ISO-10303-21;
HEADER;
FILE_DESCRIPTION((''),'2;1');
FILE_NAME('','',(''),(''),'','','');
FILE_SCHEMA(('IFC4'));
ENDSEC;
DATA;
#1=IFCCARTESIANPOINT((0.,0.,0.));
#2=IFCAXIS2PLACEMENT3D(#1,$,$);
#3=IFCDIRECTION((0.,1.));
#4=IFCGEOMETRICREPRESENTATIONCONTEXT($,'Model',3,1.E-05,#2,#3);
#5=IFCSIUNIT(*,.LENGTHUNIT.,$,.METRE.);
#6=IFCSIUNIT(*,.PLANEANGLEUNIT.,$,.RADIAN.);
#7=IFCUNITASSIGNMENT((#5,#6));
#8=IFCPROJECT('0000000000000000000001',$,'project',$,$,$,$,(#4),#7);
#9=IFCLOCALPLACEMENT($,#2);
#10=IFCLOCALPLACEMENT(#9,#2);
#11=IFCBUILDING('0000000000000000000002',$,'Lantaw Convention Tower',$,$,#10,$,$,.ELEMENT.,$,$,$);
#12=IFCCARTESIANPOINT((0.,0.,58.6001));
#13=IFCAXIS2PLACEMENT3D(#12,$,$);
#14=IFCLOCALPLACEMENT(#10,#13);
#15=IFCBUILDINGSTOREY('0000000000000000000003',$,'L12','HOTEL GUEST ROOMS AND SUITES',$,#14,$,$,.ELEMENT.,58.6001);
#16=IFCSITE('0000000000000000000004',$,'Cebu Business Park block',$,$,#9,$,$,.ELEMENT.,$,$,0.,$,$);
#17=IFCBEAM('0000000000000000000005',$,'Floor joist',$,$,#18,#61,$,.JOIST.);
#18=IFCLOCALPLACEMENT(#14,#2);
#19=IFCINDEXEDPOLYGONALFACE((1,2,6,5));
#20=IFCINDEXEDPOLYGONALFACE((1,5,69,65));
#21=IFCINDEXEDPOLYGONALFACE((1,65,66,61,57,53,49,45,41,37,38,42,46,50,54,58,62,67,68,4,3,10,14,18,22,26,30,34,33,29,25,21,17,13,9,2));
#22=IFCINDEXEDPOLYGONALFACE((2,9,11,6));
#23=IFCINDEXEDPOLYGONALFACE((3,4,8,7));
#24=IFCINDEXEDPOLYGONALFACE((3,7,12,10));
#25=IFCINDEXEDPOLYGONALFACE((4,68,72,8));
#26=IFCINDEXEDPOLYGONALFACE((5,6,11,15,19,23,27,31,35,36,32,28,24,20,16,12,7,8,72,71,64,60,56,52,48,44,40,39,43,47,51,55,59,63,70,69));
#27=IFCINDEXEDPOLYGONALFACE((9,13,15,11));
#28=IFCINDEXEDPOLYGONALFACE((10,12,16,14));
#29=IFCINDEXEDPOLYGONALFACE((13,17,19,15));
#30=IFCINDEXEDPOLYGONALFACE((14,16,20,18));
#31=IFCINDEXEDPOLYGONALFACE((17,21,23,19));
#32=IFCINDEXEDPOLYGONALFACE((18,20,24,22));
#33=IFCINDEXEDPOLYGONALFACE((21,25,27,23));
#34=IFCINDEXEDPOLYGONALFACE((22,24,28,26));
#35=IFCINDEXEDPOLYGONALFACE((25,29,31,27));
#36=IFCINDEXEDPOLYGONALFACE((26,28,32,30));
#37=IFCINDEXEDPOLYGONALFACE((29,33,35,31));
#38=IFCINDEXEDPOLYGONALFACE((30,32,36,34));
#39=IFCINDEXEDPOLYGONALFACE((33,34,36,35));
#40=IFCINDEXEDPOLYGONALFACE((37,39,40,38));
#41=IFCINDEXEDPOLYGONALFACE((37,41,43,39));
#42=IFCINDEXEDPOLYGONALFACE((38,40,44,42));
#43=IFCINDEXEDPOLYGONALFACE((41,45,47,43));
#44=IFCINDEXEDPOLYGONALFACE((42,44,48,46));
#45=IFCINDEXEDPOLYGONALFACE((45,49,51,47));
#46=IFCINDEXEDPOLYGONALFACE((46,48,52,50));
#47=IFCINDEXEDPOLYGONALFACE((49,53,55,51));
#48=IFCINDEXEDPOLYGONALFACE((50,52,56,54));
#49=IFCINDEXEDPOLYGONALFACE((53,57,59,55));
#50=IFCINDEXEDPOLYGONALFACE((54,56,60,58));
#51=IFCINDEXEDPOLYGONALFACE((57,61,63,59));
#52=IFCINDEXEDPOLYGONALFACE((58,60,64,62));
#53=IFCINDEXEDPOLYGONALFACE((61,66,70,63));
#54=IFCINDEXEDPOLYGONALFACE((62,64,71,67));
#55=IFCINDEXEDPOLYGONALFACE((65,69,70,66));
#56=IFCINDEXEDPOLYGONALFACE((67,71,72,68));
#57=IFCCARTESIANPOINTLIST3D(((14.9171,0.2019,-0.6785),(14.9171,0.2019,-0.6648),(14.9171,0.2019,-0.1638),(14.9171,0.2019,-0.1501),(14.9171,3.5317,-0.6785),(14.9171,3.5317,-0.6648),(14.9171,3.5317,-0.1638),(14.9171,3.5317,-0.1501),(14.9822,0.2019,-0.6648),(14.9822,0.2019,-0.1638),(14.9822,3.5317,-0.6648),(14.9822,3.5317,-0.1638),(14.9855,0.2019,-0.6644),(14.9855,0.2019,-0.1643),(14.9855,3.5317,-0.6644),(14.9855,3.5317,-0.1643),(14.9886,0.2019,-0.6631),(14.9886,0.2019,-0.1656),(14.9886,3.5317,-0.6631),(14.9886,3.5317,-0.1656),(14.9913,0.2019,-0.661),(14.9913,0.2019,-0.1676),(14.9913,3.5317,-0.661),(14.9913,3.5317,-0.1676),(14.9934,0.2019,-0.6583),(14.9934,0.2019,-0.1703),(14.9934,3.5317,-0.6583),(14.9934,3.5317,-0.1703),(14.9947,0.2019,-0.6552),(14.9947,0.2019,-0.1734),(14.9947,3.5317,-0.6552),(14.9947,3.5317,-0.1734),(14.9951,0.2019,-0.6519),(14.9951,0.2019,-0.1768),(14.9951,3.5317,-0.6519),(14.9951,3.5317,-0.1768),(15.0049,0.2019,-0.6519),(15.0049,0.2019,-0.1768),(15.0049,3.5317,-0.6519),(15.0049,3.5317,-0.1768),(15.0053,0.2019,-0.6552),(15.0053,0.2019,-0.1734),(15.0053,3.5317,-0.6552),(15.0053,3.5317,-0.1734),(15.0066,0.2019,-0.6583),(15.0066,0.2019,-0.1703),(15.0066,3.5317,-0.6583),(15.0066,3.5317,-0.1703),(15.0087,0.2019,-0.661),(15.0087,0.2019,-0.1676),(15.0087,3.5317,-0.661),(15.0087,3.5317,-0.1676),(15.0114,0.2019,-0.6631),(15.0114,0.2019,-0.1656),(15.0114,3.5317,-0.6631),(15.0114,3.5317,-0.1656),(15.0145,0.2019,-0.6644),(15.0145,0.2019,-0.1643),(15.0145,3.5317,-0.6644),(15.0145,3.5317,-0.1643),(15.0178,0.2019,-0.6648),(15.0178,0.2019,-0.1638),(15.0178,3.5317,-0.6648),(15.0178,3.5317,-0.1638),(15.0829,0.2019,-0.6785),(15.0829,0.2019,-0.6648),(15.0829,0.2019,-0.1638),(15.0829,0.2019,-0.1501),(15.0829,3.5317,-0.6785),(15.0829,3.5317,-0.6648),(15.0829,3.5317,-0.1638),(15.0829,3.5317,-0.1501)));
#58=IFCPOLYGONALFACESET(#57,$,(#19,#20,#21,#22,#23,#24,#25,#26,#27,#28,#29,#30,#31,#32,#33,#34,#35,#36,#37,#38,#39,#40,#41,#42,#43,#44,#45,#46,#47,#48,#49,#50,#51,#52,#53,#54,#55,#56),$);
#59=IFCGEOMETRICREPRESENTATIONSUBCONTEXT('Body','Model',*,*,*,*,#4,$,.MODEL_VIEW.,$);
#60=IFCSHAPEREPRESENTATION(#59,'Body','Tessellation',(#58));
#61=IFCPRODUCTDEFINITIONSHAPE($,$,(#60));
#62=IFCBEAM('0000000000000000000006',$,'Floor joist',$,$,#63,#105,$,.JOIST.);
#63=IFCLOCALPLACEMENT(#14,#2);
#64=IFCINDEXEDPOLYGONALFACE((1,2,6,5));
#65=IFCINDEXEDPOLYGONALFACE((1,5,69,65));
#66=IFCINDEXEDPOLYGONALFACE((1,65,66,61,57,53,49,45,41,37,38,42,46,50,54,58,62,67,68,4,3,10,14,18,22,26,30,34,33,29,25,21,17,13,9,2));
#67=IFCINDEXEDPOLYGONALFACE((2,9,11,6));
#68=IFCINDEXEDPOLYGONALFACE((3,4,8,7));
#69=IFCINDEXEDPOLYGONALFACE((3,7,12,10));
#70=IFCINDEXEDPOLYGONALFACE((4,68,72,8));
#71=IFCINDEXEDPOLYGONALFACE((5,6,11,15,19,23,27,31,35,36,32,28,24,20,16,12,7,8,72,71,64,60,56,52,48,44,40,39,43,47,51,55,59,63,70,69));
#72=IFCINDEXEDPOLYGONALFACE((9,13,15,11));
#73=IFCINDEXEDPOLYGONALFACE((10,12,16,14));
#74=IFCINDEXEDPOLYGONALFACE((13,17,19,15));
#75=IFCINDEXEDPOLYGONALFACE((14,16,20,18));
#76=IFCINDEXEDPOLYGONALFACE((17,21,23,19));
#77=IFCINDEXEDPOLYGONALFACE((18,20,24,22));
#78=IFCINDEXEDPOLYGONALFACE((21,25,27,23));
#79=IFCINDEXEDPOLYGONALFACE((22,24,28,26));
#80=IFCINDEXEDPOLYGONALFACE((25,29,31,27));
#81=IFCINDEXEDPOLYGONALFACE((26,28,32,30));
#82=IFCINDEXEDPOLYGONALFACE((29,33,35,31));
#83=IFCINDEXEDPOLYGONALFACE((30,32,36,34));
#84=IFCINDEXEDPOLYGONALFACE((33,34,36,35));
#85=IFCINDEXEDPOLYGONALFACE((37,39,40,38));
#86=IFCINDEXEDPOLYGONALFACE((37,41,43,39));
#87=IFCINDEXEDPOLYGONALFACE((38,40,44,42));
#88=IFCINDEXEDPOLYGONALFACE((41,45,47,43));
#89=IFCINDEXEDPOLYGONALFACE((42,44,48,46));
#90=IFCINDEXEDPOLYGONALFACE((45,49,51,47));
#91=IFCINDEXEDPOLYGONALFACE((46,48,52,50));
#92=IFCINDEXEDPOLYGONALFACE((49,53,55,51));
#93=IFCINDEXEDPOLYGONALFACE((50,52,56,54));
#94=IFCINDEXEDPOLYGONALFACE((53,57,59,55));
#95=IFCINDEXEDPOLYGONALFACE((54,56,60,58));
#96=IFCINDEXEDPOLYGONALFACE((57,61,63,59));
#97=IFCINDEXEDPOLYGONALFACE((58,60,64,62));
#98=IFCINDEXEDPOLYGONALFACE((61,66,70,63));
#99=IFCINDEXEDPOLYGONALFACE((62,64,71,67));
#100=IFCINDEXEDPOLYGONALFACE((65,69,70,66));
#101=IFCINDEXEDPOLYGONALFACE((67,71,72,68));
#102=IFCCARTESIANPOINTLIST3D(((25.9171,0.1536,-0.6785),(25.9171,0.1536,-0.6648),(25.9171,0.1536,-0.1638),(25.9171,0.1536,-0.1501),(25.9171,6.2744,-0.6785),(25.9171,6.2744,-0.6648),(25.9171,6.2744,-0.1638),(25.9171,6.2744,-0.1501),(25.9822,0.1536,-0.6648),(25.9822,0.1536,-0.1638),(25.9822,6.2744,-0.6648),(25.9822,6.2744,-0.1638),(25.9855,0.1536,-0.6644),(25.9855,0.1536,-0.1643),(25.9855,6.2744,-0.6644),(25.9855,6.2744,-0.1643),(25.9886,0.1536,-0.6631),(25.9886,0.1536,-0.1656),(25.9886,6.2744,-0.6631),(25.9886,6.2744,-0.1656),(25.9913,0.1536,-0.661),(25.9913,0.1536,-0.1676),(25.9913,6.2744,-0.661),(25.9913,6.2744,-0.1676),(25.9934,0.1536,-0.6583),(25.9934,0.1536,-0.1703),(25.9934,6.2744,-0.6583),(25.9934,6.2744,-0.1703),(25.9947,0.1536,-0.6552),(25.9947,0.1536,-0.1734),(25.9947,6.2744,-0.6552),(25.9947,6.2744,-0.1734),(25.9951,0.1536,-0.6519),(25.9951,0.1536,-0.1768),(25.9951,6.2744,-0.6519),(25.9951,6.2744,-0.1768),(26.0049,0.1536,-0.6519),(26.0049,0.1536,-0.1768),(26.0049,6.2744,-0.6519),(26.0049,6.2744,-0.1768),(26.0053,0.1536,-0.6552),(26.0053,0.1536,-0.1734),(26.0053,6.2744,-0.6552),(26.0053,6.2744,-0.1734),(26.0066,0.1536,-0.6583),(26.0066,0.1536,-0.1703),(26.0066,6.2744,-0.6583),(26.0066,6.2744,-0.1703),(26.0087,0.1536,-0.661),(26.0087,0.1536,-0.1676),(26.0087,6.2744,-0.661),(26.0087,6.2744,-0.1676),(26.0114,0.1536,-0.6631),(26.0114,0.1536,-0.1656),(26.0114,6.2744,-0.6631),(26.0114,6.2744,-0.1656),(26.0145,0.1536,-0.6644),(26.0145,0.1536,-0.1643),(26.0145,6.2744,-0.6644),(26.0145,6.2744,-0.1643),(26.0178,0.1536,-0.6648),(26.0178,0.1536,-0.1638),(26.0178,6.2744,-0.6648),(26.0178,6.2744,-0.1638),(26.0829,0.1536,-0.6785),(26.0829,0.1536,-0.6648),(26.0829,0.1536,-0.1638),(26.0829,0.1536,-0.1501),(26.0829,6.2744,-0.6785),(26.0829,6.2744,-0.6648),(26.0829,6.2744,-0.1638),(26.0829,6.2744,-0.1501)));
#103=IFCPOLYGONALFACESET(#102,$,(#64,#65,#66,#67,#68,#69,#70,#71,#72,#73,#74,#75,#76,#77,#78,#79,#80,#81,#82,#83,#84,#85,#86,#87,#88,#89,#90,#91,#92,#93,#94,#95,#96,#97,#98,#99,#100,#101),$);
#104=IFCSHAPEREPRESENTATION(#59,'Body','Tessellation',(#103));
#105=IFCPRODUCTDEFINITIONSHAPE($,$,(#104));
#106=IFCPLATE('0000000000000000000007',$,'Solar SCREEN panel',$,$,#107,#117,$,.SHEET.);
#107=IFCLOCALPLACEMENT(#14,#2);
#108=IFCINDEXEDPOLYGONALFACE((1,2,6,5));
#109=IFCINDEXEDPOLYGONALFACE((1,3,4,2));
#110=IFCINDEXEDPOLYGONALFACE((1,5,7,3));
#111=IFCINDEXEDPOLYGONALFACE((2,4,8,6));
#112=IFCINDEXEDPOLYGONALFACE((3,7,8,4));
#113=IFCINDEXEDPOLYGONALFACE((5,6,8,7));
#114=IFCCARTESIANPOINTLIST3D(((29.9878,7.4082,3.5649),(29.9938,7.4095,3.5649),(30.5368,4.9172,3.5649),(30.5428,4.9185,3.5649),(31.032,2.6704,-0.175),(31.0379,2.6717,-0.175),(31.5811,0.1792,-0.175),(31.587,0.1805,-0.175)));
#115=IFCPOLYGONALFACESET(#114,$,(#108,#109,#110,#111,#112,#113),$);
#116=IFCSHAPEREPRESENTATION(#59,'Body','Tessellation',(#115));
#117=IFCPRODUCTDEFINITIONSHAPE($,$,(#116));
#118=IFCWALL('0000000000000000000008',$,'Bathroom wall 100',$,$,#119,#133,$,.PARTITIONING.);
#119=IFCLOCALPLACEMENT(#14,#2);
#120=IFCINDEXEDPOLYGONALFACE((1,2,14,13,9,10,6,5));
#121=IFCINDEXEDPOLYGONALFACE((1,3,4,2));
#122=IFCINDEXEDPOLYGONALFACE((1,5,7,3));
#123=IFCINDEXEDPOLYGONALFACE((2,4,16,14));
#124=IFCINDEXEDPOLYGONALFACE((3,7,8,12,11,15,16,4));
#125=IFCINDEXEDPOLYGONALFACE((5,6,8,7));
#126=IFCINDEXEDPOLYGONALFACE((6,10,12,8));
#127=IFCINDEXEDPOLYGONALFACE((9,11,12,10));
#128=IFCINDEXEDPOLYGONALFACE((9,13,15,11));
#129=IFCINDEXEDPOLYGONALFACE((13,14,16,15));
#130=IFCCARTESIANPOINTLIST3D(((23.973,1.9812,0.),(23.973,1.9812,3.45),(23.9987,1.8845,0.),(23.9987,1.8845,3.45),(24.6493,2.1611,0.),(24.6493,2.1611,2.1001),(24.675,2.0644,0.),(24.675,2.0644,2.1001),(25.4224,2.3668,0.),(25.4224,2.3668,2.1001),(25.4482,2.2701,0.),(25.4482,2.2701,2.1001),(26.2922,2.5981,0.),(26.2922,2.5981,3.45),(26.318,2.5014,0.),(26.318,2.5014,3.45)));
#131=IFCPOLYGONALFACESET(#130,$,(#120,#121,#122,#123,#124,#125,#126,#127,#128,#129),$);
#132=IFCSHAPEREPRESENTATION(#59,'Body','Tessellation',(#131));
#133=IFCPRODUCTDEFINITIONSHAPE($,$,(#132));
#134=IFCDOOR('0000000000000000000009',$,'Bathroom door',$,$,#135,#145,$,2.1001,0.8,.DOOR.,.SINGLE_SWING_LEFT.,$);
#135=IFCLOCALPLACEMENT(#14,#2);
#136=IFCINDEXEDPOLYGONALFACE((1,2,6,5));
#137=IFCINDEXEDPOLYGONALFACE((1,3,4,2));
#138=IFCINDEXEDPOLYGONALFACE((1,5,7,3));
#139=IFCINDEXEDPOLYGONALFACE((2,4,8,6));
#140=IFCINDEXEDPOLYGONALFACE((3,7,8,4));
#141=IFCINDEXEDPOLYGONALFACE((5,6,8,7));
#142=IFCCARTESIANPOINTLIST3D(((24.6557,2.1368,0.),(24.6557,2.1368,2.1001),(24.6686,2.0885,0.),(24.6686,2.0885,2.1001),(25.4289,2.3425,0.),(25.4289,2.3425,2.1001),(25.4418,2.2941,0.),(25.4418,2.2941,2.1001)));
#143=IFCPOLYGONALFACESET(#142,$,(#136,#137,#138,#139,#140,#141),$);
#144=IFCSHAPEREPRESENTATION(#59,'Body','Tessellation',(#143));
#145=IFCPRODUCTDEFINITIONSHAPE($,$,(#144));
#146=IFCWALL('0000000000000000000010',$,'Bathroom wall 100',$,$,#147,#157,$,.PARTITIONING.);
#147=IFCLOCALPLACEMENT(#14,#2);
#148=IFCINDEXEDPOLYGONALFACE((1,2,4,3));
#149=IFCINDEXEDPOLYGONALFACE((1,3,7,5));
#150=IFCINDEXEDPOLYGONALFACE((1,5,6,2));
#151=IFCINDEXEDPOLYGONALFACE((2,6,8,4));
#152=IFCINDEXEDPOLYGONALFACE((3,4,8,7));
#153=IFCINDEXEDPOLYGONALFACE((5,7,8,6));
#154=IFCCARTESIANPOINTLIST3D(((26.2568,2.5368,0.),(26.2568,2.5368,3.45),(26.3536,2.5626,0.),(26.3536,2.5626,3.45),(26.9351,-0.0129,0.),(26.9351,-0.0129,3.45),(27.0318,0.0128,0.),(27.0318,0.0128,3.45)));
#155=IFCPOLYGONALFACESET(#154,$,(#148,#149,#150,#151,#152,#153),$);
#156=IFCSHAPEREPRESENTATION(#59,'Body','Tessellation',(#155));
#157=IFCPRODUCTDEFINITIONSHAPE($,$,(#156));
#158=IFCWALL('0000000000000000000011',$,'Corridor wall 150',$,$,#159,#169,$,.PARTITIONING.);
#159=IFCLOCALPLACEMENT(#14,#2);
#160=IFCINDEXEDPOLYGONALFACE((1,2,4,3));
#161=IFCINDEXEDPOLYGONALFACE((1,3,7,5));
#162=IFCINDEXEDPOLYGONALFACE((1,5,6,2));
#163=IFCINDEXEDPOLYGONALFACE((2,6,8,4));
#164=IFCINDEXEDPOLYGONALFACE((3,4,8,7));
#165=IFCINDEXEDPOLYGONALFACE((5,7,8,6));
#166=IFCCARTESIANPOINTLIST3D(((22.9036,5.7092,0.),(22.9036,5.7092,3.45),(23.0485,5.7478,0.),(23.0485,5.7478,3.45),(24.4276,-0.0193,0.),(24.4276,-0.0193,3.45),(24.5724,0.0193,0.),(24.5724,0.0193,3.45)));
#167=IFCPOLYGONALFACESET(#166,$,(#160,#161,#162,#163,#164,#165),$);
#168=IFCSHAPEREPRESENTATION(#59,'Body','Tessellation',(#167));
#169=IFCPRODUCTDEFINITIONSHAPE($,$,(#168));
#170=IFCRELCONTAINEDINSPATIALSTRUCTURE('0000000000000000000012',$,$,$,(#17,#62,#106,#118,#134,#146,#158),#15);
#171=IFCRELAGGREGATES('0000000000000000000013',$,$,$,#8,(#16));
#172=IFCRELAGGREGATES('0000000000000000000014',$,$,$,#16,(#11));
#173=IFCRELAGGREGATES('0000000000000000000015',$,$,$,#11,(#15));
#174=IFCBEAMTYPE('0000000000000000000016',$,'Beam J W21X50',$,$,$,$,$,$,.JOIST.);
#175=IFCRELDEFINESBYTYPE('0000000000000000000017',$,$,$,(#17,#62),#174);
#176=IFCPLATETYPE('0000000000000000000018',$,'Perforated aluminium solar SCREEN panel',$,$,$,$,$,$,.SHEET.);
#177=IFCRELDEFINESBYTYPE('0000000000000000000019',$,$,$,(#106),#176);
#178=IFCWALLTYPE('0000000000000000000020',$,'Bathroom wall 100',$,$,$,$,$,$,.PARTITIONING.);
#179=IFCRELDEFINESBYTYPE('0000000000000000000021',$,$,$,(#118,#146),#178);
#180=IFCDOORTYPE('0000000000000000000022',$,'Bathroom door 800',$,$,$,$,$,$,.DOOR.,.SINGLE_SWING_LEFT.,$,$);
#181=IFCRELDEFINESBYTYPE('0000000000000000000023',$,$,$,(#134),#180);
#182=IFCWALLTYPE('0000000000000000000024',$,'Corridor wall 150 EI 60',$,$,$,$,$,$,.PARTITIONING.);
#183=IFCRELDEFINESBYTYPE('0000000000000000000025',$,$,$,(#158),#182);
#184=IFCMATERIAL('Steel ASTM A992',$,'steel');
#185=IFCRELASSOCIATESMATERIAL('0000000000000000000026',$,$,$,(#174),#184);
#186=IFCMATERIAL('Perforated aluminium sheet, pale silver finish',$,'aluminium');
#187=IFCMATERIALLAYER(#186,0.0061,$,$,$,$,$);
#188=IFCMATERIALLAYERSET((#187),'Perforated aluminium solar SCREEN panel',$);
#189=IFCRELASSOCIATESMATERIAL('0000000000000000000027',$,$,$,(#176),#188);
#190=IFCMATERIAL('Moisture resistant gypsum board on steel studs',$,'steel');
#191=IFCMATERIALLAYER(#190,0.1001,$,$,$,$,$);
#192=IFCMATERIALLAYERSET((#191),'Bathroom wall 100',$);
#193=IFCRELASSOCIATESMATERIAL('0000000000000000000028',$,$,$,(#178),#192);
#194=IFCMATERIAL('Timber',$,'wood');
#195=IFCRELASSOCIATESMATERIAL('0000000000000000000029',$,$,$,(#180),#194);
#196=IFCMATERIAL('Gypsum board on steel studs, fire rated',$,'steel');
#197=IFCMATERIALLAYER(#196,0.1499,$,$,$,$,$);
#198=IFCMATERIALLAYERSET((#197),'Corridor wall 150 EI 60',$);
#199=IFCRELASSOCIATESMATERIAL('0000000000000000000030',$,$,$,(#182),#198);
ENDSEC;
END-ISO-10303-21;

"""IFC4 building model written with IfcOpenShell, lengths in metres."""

from ifc_helpers import new_model, si_unit, direction, frame, frame_2d, origin, origin_2d, place, context, subcontext, project, spatial, polyline, rectangle, i_section, outline, extrude, material, layer, layer_set, material_profile, profile_set, type_object, element, fill, save


model = new_model("IFC4")

# Units and contexts
model_context = context("Model", 3, precision=1e-05, world=origin(), true_north=direction((0.0, 1.0)))
body_context = subcontext(model_context, "Body", "Model", "MODEL_VIEW")
ifc_project = project(units=[si_unit("LENGTHUNIT", "METRE"), si_unit("PLANEANGLEUNIT", "RADIAN")], contexts=[model_context])

# Site, building, storey
site_placement = place(None, origin())
site = spatial("IfcSite", under=ifc_project, at=site_placement, Name="Cebu Business Park block", CompositionType="ELEMENT", RefElevation=0.0)
building_placement = place(site_placement, origin())
building = spatial("IfcBuilding", under=site, at=building_placement, Name="Lantaw Convention Tower", CompositionType="ELEMENT")
storey_placement = place(building_placement, frame((0.0, 0.0, 58.6001)))
storey = spatial("IfcBuildingStorey", under=building, at=storey_placement, Name="L12", Description="HOTEL GUEST ROOMS AND SUITES", CompositionType="ELEMENT", Elevation=58.6001)

# Beams
ifc_material_1 = material(Name="Steel ASTM A992", Category="steel")
ifc_material_profile_1 = material_profile(ifc_material_1, i_section(OverallWidth=0.1658, OverallDepth=0.5283, WebThickness=0.0098, FlangeThickness=0.0137, FilletRadius=0.0129, at=origin_2d()), Name="W21X50")
ifc_profile_set_1 = profile_set([ifc_material_profile_1], Name="Steel ASTM A992")
beam_type_1 = type_object("IfcBeamType", Name="Beam J W21X50", PredefinedType="JOIST", material=ifc_profile_set_1)
beam_1_placement = place(storey_placement, frame((15.0, 0.2019, -0.4143), z_axis=(0.0, 1.0, 0.0), x_axis=(-1.0, 0.0, 0.0)))
element("IfcBeam", 1, at=beam_1_placement, inside=storey, type_object=beam_type_1, Name="Floor joist", PredefinedType="JOIST", context=body_context, shape_type="SweptSolid", body=[
    extrude(i_section(OverallWidth=0.1658, OverallDepth=0.5283, WebThickness=0.0098, FlangeThickness=0.0137, FilletRadius=0.0129, at=origin_2d()), origin(), (0.0, 0.0, 1.0), 3.3298),
])
beam_2_placement = place(storey_placement, frame((26.0, 0.1536, -0.4143), z_axis=(0.0, 1.0, 0.0), x_axis=(-1.0, 0.0, 0.0)))
element("IfcBeam", 2, at=beam_2_placement, inside=storey, type_object=beam_type_1, Name="Floor joist", PredefinedType="JOIST", context=body_context, shape_type="SweptSolid", body=[
    extrude(i_section(OverallWidth=0.1658, OverallDepth=0.5283, WebThickness=0.0098, FlangeThickness=0.0137, FilletRadius=0.0129, at=origin_2d()), origin(), (0.0, 0.0, 1.0), 6.1208),
])

# Plate
ifc_material_2 = material(Name="Perforated aluminium sheet, pale silver finish", Category="aluminium")
ifc_layer_1 = layer(ifc_material_2, 0.0061)
ifc_layer_set_1 = layer_set([ifc_layer_1], Name="Perforated aluminium solar SCREEN panel")
plate_type = type_object("IfcPlateType", Name="Perforated aluminium solar SCREEN panel", PredefinedType="SHEET", material=ifc_layer_set_1)
plate_placement = place(storey_placement, frame((31.5811, 0.1792, -0.175), z_axis=(-0.976559, -0.215248, 0.00003), x_axis=(-0.215248, 0.976559, 0.0)))
element("IfcPlate", 3, at=plate_placement, inside=storey, type_object=plate_type, Name="Solar SCREEN panel", PredefinedType="SHEET", context=body_context, shape_type="SweptSolid", body=[
    extrude(outline(polyline([(0.0, 0.0), (2.551, 0.0), (7.4025, -3.74), (4.8517, -3.74), (0.0, 0.0)])), origin(), (0.0, 0.0, -1.0), 0.0061),
])

# Wall, opening, door
ifc_material_3 = material(Name="Moisture resistant gypsum board on steel studs", Category="steel")
ifc_layer_2 = layer(ifc_material_3, 0.1001)
ifc_layer_set_2 = layer_set([ifc_layer_2], Name="Bathroom wall 100")
wall_type_1 = type_object("IfcWallType", Name="Bathroom wall 100", PredefinedType="PARTITIONING", material=ifc_layer_set_2)
wall_1_placement = place(storey_placement, frame((23.9858, 1.9329, 0.0), z_axis=(0.0, 0.0, 1.0), x_axis=(0.966395, 0.257061, 0.0)))
wall_1 = element("IfcWall", 4, at=wall_1_placement, inside=storey, type_object=wall_type_1, Name="Bathroom wall 100", PredefinedType="PARTITIONING", context=body_context, shape_type="SweptSolid", body=[
    extrude(rectangle(XDim=2.3999, YDim=0.1001, at=frame_2d((1.2, 0.0))), origin(), (0.0, 0.0, 1.0), 3.45),
])
opening_1_placement = place(wall_1_placement, frame((0.7, 0.0, 0.0)))
opening_1 = element("IfcOpeningElement", 5, at=opening_1_placement, cuts=wall_1, PredefinedType="OPENING", context=body_context, shape_type="SweptSolid", body=[
    extrude(rectangle(XDim=0.8, YDim=2.1001, at=frame_2d((0.3999, 1.05))), frame((0.0, 0.0601, 0.0), z_axis=(0.0, -1.0, 0.0), x_axis=(1.0, 0.0, 0.0)), (0.0, 0.0, 1.0), 0.1201),
])
ifc_material_4 = material(Name="Timber", Category="wood")
door_type_1 = type_object("IfcDoorType", Name="Bathroom door 800", OperationType="SINGLE_SWING_LEFT", PredefinedType="DOOR", material=ifc_material_4)
door_1_placement = place(opening_1_placement, origin())
door_1 = element("IfcDoor", 6, at=door_1_placement, inside=storey, type_object=door_type_1, Name="Bathroom door", OperationType="SINGLE_SWING_LEFT", OverallHeight=2.1001, OverallWidth=0.8, PredefinedType="DOOR", context=body_context, shape_type="SweptSolid", body=[
    extrude(rectangle(XDim=0.8, YDim=2.1001, at=frame_2d((0.3999, 1.05))), frame((0.0, 0.0249, 0.0), z_axis=(0.0, -1.0, 0.0), x_axis=(1.0, 0.0, 0.0)), (0.0, 0.0, 1.0), 0.05),
])
fill(opening_1, door_1)

# Walls
wall_2_placement = place(storey_placement, frame((26.3052, 2.5498, 0.0), z_axis=(0.0, 0.0, 1.0), x_axis=(0.257052, -0.966398, 0.0)))
element("IfcWall", 7, at=wall_2_placement, inside=storey, type_object=wall_type_1, Name="Bathroom wall 100", PredefinedType="PARTITIONING", context=body_context, shape_type="SweptSolid", body=[
    extrude(rectangle(XDim=2.6384, YDim=0.1001, at=frame_2d((1.3193, 0.0))), origin(), (0.0, 0.0, 1.0), 3.45),
])
ifc_material_5 = material(Name="Gypsum board on steel studs, fire rated", Category="steel")
ifc_layer_3 = layer(ifc_material_5, 0.1499)
ifc_layer_set_3 = layer_set([ifc_layer_3], Name="Corridor wall 150 EI 60")
wall_type_2 = type_object("IfcWallType", Name="Corridor wall 150 EI 60", PredefinedType="PARTITIONING", material=ifc_layer_set_3)
wall_3_placement = place(storey_placement, frame((24.5, 0.0, 0.0), z_axis=(0.0, 0.0, 1.0), x_axis=(-0.257083, 0.966389, 0.0)))
element("IfcWall", 8, at=wall_3_placement, inside=storey, type_object=wall_type_2, Name="Corridor wall 150", PredefinedType="PARTITIONING", context=body_context, shape_type="SweptSolid", body=[
    extrude(rectangle(XDim=5.9277, YDim=0.1499, at=frame_2d((2.9639, 0.0))), origin(), (0.0, 0.0, 1.0), 3.45),
])

save(model, "model.ifc")
